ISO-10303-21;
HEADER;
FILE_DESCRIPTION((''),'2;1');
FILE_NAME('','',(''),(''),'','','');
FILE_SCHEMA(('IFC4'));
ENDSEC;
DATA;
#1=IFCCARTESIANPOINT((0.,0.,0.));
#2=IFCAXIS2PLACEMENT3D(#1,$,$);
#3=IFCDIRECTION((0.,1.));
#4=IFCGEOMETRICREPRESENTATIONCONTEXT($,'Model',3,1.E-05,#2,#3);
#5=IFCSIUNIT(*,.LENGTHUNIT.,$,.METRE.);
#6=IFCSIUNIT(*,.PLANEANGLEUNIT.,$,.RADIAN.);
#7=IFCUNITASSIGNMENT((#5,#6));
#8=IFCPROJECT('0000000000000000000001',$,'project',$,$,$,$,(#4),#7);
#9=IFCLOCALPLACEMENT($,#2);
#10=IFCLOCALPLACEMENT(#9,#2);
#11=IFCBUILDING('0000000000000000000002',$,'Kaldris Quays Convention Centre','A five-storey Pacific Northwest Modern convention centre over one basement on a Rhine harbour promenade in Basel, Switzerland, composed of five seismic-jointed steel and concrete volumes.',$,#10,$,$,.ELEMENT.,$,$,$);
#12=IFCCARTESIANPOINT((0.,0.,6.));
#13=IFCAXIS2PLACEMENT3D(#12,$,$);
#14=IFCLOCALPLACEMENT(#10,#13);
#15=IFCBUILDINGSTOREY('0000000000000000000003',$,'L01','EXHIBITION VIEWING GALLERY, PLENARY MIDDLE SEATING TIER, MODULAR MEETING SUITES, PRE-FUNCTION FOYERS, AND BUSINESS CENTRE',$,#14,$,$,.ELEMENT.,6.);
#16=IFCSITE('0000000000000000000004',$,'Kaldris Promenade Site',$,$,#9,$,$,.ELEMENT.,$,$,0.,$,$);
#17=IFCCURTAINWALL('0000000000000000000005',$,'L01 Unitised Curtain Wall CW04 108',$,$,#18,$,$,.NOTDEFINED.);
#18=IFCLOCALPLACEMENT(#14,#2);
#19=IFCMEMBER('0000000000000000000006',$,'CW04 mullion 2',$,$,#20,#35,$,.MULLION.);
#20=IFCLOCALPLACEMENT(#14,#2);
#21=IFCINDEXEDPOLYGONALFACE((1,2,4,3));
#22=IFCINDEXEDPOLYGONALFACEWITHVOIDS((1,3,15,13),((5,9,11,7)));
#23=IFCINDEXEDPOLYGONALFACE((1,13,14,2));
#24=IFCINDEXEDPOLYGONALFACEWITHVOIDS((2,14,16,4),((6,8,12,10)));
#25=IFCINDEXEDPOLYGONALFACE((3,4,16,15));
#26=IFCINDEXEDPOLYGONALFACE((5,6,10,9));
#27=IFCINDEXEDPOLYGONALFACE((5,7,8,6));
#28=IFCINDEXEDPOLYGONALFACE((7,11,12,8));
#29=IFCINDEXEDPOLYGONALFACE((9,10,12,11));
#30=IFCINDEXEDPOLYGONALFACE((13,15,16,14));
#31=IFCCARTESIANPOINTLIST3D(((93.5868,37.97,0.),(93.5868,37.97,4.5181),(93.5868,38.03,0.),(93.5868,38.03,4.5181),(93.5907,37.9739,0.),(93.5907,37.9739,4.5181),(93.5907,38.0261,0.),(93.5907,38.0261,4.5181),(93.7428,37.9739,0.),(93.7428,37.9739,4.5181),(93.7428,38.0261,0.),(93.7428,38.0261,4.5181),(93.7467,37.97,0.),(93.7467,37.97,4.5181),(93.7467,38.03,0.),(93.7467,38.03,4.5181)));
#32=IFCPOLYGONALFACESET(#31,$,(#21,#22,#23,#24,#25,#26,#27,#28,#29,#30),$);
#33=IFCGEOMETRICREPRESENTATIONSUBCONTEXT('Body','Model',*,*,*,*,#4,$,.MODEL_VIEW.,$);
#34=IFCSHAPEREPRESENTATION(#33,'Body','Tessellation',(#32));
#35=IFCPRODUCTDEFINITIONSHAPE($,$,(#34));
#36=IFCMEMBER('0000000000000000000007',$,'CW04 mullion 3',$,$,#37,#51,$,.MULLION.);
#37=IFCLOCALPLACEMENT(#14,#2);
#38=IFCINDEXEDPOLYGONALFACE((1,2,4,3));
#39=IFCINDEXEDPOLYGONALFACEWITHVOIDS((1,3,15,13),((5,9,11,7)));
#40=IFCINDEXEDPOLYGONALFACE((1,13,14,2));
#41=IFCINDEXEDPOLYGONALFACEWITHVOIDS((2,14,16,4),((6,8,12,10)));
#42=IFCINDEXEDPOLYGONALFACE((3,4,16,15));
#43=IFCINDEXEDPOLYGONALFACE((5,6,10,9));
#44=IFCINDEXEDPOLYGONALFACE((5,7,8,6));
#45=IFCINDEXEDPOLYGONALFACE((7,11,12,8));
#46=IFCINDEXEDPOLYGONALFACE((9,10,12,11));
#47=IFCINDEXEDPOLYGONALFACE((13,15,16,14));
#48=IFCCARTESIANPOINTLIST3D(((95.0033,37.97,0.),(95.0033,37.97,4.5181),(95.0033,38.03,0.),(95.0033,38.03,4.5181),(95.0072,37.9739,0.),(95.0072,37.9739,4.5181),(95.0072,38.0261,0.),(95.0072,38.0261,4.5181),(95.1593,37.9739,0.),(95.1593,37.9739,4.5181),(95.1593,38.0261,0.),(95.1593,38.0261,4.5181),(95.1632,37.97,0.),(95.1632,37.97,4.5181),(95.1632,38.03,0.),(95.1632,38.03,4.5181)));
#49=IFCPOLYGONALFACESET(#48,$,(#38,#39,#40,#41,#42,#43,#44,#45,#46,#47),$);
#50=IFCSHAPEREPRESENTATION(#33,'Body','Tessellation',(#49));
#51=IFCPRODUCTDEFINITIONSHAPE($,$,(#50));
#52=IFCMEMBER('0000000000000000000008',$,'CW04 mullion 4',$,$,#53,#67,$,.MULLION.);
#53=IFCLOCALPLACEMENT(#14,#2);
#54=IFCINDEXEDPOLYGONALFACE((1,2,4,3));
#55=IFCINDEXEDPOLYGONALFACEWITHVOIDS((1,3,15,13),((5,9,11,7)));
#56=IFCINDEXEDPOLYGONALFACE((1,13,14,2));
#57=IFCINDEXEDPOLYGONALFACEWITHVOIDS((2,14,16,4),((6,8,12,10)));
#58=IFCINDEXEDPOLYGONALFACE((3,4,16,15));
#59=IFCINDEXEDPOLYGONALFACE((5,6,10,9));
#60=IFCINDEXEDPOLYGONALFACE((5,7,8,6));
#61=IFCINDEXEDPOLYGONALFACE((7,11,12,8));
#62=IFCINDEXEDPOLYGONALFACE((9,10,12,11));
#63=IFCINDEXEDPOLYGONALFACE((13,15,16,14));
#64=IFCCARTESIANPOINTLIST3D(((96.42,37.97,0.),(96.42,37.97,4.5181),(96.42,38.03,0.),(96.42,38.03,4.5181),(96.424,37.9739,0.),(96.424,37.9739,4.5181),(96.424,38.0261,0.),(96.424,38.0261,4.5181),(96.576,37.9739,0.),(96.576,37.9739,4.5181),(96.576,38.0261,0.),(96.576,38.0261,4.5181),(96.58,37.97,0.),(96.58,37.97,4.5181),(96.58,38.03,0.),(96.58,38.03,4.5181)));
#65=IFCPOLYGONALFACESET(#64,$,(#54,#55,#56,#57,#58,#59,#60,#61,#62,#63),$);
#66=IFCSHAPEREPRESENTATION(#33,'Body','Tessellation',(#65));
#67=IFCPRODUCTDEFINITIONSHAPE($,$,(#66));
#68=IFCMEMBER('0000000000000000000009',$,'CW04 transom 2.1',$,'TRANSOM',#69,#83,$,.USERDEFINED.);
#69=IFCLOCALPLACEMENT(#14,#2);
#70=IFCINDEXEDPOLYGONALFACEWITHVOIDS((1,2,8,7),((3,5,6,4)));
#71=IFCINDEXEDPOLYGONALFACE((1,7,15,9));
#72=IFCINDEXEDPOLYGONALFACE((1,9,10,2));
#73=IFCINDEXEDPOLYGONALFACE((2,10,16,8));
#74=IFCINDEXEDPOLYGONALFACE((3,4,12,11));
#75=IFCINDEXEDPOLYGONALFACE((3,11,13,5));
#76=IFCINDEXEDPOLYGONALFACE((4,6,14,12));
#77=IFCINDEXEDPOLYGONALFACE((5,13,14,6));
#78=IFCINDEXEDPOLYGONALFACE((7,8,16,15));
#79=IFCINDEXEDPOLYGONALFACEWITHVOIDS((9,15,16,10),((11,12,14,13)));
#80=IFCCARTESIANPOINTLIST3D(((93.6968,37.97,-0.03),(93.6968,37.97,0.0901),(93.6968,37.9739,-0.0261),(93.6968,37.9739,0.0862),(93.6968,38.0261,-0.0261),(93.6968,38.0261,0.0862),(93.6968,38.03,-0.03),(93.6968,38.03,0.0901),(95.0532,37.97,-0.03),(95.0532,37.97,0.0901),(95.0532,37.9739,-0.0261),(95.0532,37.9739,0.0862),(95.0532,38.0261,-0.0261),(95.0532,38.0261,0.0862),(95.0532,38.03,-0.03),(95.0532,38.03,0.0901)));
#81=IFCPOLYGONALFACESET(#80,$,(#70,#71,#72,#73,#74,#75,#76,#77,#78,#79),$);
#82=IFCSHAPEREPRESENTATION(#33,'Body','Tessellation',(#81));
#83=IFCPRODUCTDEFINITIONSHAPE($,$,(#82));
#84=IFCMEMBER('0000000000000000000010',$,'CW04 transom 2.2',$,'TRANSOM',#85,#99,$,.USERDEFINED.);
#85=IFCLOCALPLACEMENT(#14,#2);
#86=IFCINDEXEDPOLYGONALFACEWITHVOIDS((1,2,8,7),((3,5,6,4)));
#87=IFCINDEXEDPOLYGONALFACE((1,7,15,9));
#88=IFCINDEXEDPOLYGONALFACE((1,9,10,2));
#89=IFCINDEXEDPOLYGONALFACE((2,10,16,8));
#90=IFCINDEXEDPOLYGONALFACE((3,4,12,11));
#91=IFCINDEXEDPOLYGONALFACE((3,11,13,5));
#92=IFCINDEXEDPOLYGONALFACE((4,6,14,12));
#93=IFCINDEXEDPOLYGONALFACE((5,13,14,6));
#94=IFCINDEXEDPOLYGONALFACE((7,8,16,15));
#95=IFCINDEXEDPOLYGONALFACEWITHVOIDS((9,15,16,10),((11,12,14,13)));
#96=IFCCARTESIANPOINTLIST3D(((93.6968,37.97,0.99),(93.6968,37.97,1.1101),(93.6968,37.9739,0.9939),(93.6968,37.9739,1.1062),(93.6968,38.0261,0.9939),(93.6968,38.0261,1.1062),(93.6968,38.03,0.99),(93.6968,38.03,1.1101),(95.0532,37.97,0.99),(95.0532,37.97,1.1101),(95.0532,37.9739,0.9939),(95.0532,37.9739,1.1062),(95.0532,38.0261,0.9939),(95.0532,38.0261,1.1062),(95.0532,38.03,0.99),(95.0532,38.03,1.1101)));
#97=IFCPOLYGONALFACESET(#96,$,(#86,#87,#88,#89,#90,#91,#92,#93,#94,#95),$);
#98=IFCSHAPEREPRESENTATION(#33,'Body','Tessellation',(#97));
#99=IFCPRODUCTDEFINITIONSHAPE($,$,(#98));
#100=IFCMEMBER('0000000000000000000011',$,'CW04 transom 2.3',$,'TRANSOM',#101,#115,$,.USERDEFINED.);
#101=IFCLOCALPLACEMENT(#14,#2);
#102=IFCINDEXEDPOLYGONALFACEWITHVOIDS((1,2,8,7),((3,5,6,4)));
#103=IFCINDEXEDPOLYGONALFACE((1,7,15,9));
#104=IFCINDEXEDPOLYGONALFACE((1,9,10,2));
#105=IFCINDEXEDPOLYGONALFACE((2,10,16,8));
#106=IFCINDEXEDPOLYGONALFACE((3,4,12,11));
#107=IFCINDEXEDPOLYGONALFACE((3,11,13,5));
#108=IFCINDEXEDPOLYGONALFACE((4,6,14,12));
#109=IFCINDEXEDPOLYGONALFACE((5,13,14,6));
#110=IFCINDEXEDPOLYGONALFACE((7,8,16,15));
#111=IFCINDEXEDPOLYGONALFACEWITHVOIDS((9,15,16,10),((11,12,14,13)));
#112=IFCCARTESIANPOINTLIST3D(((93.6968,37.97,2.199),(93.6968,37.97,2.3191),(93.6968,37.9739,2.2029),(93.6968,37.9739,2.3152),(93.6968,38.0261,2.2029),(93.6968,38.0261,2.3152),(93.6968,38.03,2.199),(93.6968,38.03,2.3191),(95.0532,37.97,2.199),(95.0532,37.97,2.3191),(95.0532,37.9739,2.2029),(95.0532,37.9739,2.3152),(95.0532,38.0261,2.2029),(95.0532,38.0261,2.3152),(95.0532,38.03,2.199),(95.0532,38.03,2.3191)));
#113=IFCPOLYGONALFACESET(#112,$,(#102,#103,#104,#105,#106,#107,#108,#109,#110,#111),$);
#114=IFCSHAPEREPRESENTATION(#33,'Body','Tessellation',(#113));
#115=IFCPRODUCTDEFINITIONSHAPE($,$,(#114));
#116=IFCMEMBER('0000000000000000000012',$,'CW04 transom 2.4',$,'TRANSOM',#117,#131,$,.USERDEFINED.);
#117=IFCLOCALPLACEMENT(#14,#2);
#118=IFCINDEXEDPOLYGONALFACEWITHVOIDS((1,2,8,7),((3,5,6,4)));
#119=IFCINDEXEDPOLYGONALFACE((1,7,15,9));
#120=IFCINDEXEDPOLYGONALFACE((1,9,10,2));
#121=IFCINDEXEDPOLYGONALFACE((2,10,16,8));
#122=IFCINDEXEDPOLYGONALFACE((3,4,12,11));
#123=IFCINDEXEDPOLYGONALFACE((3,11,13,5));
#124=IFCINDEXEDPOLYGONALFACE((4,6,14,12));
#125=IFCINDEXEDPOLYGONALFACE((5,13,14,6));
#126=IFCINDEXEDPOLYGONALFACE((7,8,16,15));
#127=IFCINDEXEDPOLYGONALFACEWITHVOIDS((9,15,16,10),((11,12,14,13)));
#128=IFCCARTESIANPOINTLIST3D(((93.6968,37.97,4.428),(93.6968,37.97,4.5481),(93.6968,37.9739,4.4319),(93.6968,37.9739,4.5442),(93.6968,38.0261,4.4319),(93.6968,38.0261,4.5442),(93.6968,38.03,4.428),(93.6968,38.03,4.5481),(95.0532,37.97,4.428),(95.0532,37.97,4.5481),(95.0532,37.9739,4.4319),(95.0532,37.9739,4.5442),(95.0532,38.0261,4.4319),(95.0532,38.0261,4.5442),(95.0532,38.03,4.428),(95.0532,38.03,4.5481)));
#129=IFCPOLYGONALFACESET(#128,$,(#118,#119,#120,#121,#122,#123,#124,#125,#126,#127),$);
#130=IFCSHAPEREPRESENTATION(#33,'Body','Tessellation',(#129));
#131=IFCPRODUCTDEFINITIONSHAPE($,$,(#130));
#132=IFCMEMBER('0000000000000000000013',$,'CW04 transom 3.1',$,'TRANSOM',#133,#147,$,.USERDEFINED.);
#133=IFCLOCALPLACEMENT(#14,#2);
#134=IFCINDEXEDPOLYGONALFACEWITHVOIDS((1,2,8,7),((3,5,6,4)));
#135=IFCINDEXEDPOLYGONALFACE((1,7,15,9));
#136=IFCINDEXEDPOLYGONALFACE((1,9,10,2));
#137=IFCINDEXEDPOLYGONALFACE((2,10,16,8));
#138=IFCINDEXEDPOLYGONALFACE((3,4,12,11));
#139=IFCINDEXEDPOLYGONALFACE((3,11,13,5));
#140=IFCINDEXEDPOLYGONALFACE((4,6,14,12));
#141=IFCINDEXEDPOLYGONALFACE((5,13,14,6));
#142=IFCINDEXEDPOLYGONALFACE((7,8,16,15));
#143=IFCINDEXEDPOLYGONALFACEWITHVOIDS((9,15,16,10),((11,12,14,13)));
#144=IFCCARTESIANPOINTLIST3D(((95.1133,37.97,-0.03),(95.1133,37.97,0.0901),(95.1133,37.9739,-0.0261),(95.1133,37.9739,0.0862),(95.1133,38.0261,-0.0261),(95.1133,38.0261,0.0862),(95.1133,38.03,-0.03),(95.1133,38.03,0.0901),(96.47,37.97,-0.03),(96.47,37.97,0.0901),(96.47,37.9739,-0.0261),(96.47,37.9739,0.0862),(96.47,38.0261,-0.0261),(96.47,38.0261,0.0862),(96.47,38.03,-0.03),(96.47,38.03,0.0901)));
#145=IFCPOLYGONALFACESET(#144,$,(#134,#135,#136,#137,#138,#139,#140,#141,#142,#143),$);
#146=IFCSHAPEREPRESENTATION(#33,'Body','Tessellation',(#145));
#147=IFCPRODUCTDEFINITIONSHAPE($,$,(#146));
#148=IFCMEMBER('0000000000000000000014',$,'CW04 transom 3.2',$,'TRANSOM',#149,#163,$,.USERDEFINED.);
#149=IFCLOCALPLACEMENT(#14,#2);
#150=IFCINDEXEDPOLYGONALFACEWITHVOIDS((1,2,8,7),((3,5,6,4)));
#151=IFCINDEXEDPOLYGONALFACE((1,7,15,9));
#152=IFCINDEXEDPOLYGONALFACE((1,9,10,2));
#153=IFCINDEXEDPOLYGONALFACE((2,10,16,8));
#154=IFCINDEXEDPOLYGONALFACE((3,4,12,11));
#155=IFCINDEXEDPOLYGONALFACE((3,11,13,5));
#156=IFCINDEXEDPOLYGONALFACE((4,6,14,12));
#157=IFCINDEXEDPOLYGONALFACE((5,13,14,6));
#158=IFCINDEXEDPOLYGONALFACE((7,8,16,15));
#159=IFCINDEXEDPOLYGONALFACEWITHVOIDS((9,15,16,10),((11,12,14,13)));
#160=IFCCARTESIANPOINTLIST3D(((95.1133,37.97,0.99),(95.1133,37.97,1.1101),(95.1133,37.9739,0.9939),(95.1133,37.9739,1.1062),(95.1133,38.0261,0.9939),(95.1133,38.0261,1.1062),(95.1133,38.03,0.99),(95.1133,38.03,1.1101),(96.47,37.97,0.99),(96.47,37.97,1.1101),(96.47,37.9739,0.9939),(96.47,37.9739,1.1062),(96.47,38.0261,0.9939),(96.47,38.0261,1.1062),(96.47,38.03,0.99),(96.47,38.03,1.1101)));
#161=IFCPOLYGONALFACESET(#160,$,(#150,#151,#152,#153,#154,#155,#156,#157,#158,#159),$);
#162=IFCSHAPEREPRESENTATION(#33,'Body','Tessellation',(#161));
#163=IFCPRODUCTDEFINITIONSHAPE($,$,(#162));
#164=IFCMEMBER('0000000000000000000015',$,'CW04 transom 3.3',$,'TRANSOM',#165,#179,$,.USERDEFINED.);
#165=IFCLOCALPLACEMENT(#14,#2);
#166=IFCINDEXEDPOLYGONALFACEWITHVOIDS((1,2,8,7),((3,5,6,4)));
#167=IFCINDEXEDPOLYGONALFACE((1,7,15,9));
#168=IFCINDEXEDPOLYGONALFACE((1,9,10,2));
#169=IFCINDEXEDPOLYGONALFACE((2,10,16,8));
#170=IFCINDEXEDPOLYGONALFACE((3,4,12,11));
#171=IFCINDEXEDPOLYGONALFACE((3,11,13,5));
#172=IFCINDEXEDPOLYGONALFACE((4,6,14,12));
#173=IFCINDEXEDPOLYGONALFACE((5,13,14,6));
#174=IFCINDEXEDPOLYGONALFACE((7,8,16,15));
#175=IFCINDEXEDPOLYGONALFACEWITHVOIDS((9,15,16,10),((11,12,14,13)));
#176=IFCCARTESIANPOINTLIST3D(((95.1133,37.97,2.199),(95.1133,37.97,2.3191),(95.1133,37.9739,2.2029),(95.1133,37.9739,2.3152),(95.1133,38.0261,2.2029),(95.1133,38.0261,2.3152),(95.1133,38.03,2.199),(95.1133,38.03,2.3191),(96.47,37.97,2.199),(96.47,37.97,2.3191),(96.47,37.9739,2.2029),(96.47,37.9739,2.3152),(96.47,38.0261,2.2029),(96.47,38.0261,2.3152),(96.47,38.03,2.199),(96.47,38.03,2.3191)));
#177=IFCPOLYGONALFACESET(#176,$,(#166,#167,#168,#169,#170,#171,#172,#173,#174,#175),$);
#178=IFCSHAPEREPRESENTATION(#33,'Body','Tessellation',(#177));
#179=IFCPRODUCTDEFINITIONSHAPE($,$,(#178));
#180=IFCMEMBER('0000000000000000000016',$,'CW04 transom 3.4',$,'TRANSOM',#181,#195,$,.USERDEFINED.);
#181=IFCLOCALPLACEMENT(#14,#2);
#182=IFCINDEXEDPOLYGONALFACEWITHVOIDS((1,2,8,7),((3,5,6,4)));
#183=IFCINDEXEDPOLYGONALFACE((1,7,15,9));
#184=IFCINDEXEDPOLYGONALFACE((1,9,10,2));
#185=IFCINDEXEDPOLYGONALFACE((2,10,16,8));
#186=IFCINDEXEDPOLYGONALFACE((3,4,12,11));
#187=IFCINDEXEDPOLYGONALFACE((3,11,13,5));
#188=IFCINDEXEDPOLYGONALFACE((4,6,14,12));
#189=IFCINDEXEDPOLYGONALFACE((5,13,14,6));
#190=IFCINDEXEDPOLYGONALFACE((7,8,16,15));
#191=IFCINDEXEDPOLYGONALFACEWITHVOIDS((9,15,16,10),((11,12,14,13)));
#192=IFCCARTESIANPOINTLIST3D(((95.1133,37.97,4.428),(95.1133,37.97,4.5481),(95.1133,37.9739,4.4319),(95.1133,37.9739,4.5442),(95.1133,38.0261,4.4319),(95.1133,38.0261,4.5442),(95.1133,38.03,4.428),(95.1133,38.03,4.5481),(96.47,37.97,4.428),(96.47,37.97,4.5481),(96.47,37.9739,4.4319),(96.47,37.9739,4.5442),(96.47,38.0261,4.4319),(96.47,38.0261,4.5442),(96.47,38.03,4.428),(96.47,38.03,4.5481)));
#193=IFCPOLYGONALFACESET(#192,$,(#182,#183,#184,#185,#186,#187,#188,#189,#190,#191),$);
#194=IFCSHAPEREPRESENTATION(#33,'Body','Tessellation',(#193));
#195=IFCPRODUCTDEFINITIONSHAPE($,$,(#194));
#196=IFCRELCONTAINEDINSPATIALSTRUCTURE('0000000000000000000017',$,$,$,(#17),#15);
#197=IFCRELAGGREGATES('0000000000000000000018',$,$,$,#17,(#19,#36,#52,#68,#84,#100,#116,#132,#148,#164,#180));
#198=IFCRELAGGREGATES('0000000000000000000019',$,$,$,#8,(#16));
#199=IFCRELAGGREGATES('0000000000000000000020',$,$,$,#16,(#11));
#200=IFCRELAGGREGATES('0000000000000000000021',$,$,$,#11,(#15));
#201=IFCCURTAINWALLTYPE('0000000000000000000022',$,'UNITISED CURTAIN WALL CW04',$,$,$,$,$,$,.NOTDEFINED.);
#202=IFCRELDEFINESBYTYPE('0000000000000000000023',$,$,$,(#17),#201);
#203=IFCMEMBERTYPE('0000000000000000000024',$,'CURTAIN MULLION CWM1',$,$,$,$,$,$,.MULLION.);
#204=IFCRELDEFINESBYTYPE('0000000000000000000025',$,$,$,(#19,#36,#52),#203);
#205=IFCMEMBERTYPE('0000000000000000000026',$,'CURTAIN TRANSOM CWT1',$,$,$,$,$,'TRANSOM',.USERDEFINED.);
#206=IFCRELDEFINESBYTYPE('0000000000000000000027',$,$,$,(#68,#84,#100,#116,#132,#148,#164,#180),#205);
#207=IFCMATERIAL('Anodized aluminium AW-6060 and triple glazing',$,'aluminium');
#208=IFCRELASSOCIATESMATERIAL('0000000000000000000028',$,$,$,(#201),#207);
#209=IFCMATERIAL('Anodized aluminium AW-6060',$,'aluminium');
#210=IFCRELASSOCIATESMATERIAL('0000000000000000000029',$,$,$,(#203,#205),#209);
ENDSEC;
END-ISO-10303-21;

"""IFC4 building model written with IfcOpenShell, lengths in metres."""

from ifc_helpers import new_model, si_unit, direction, frame, origin, origin_2d, place, context, subcontext, project, spatial, hollow_rectangle, extrude, material, material_profile, profile_set, type_object, element, aggregate, save


model = new_model("IFC4")

# Units and contexts
model_context = context("Model", 3, precision=1e-05, world=origin(), true_north=direction((0.0, 1.0)))
body_context = subcontext(model_context, "Body", "Model", "MODEL_VIEW")
ifc_project = project(units=[si_unit("LENGTHUNIT", "METRE"), si_unit("PLANEANGLEUNIT", "RADIAN")], contexts=[model_context])

# Site, building, storey
site_placement = place(None, origin())
site = spatial("IfcSite", under=ifc_project, at=site_placement, Name="Kaldris Promenade Site", CompositionType="ELEMENT", RefElevation=0.0)
building_placement = place(site_placement, origin())
building = spatial("IfcBuilding", under=site, at=building_placement, Name="Kaldris Quays Convention Centre", Description="A five-storey Pacific Northwest Modern convention centre over one basement on a Rhine harbour promenade in Basel, Switzerland, composed of five seismic-jointed steel and concrete volumes.", CompositionType="ELEMENT")
storey_placement = place(building_placement, frame((0.0, 0.0, 6.0)))
storey = spatial("IfcBuildingStorey", under=building, at=storey_placement, Name="L01", Description="EXHIBITION VIEWING GALLERY, PLENARY MIDDLE SEATING TIER, MODULAR MEETING SUITES, PRE-FUNCTION FOYERS, AND BUSINESS CENTRE", CompositionType="ELEMENT", Elevation=6.0)

# Curtain wall, members
ifc_material_1 = material(Name="Anodized aluminium AW-6060 and triple glazing", Category="aluminium")
curtain_wall_type = type_object("IfcCurtainWallType", Name="UNITISED CURTAIN WALL CW04", PredefinedType="NOTDEFINED", material=ifc_material_1)
curtain_wall_placement = place(storey_placement, origin())
curtain_wall = element("IfcCurtainWall", 1, at=curtain_wall_placement, inside=storey, type_object=curtain_wall_type, Name="L01 Unitised Curtain Wall CW04 108", PredefinedType="NOTDEFINED")
ifc_material_2 = material(Name="Anodized aluminium AW-6060", Category="aluminium")
ifc_material_profile_1 = material_profile(ifc_material_2, hollow_rectangle(XDim=0.0601, YDim=0.1599, WallThickness=0.0039, at=origin_2d()), Name="RHS 160x60x4")
ifc_profile_set_1 = profile_set([ifc_material_profile_1], Name="Anodized aluminium AW-6060")
member_type_1 = type_object("IfcMemberType", Name="CURTAIN MULLION CWM1", PredefinedType="MULLION", material=ifc_profile_set_1)
member_1_placement = place(storey_placement, frame((93.6667, 38.0, 0.0), z_axis=(0.0, 0.0, 1.0), x_axis=(0.0, 1.0, 0.0)))
member_1 = element("IfcMember", 2, at=member_1_placement, type_object=member_type_1, Name="CW04 mullion 2", PredefinedType="MULLION", context=body_context, shape_type="SweptSolid", body=[
    extrude(hollow_rectangle(XDim=0.0601, YDim=0.1599, WallThickness=0.0039, at=origin_2d()), origin(), (0.0, 0.0, 1.0), 4.5181),
])
member_2_placement = place(storey_placement, frame((95.0833, 38.0, 0.0), z_axis=(0.0, 0.0, 1.0), x_axis=(0.0, 1.0, 0.0)))
member_2 = element("IfcMember", 3, at=member_2_placement, type_object=member_type_1, Name="CW04 mullion 3", PredefinedType="MULLION", context=body_context, shape_type="SweptSolid", body=[
    extrude(hollow_rectangle(XDim=0.0601, YDim=0.1599, WallThickness=0.0039, at=origin_2d()), origin(), (0.0, 0.0, 1.0), 4.5181),
])
member_3_placement = place(storey_placement, frame((96.5, 38.0, 0.0), z_axis=(0.0, 0.0, 1.0), x_axis=(0.0, 1.0, 0.0)))
member_3 = element("IfcMember", 4, at=member_3_placement, type_object=member_type_1, Name="CW04 mullion 4", PredefinedType="MULLION", context=body_context, shape_type="SweptSolid", body=[
    extrude(hollow_rectangle(XDim=0.0601, YDim=0.1599, WallThickness=0.0039, at=origin_2d()), origin(), (0.0, 0.0, 1.0), 4.5181),
])
ifc_material_profile_2 = material_profile(ifc_material_2, hollow_rectangle(XDim=0.0601, YDim=0.1201, WallThickness=0.0039, at=origin_2d()), Name="RHS 120x60x4")
ifc_profile_set_2 = profile_set([ifc_material_profile_2], Name="Anodized aluminium AW-6060")
member_type_2 = type_object("IfcMemberType", Name="CURTAIN TRANSOM CWT1", ElementType="TRANSOM", PredefinedType="USERDEFINED", material=ifc_profile_set_2)
member_4_placement = place(storey_placement, frame((93.6968, 38.0, 0.03), z_axis=(1.0, 0.0, 0.0), x_axis=(0.0, 1.0, 0.0)))
member_4 = element("IfcMember", 5, at=member_4_placement, type_object=member_type_2, Name="CW04 transom 2.1", ObjectType="TRANSOM", PredefinedType="USERDEFINED", context=body_context, shape_type="SweptSolid", body=[
    extrude(hollow_rectangle(XDim=0.0601, YDim=0.1201, WallThickness=0.0039, at=origin_2d()), origin(), (0.0, 0.0, 1.0), 1.3564),
])
member_5_placement = place(storey_placement, frame((93.6968, 38.0, 1.05), z_axis=(1.0, 0.0, 0.0), x_axis=(0.0, 1.0, 0.0)))
member_5 = element("IfcMember", 6, at=member_5_placement, type_object=member_type_2, Name="CW04 transom 2.2", ObjectType="TRANSOM", PredefinedType="USERDEFINED", context=body_context, shape_type="SweptSolid", body=[
    extrude(hollow_rectangle(XDim=0.0601, YDim=0.1201, WallThickness=0.0039, at=origin_2d()), origin(), (0.0, 0.0, 1.0), 1.3564),
])
member_6_placement = place(storey_placement, frame((93.6968, 38.0, 2.259), z_axis=(1.0, 0.0, 0.0), x_axis=(0.0, 1.0, 0.0)))
member_6 = element("IfcMember", 7, at=member_6_placement, type_object=member_type_2, Name="CW04 transom 2.3", ObjectType="TRANSOM", PredefinedType="USERDEFINED", context=body_context, shape_type="SweptSolid", body=[
    extrude(hollow_rectangle(XDim=0.0601, YDim=0.1201, WallThickness=0.0039, at=origin_2d()), origin(), (0.0, 0.0, 1.0), 1.3564),
])
member_7_placement = place(storey_placement, frame((93.6968, 38.0, 4.488), z_axis=(1.0, 0.0, 0.0), x_axis=(0.0, 1.0, 0.0)))
member_7 = element("IfcMember", 8, at=member_7_placement, type_object=member_type_2, Name="CW04 transom 2.4", ObjectType="TRANSOM", PredefinedType="USERDEFINED", context=body_context, shape_type="SweptSolid", body=[
    extrude(hollow_rectangle(XDim=0.0601, YDim=0.1201, WallThickness=0.0039, at=origin_2d()), origin(), (0.0, 0.0, 1.0), 1.3564),
])
member_8_placement = place(storey_placement, frame((95.1133, 38.0, 0.03), z_axis=(1.0, 0.0, 0.0), x_axis=(0.0, 1.0, 0.0)))
member_8 = element("IfcMember", 9, at=member_8_placement, type_object=member_type_2, Name="CW04 transom 3.1", ObjectType="TRANSOM", PredefinedType="USERDEFINED", context=body_context, shape_type="SweptSolid", body=[
    extrude(hollow_rectangle(XDim=0.0601, YDim=0.1201, WallThickness=0.0039, at=origin_2d()), origin(), (0.0, 0.0, 1.0), 1.3567),
])
member_9_placement = place(storey_placement, frame((95.1133, 38.0, 1.05), z_axis=(1.0, 0.0, 0.0), x_axis=(0.0, 1.0, 0.0)))
member_9 = element("IfcMember", 10, at=member_9_placement, type_object=member_type_2, Name="CW04 transom 3.2", ObjectType="TRANSOM", PredefinedType="USERDEFINED", context=body_context, shape_type="SweptSolid", body=[
    extrude(hollow_rectangle(XDim=0.0601, YDim=0.1201, WallThickness=0.0039, at=origin_2d()), origin(), (0.0, 0.0, 1.0), 1.3567),
])
member_10_placement = place(storey_placement, frame((95.1133, 38.0, 2.259), z_axis=(1.0, 0.0, 0.0), x_axis=(0.0, 1.0, 0.0)))
member_10 = element("IfcMember", 11, at=member_10_placement, type_object=member_type_2, Name="CW04 transom 3.3", ObjectType="TRANSOM", PredefinedType="USERDEFINED", context=body_context, shape_type="SweptSolid", body=[
    extrude(hollow_rectangle(XDim=0.0601, YDim=0.1201, WallThickness=0.0039, at=origin_2d()), origin(), (0.0, 0.0, 1.0), 1.3567),
])
member_11_placement = place(storey_placement, frame((95.1133, 38.0, 4.488), z_axis=(1.0, 0.0, 0.0), x_axis=(0.0, 1.0, 0.0)))
member_11 = element("IfcMember", 12, at=member_11_placement, type_object=member_type_2, Name="CW04 transom 3.4", ObjectType="TRANSOM", PredefinedType="USERDEFINED", context=body_context, shape_type="SweptSolid", body=[
    extrude(hollow_rectangle(XDim=0.0601, YDim=0.1201, WallThickness=0.0039, at=origin_2d()), origin(), (0.0, 0.0, 1.0), 1.3567),
])
aggregate(curtain_wall, [member_1, member_2, member_3, member_4, member_5, member_6, member_7, member_8, member_9, member_10, member_11])

save(model, "model.ifc")
